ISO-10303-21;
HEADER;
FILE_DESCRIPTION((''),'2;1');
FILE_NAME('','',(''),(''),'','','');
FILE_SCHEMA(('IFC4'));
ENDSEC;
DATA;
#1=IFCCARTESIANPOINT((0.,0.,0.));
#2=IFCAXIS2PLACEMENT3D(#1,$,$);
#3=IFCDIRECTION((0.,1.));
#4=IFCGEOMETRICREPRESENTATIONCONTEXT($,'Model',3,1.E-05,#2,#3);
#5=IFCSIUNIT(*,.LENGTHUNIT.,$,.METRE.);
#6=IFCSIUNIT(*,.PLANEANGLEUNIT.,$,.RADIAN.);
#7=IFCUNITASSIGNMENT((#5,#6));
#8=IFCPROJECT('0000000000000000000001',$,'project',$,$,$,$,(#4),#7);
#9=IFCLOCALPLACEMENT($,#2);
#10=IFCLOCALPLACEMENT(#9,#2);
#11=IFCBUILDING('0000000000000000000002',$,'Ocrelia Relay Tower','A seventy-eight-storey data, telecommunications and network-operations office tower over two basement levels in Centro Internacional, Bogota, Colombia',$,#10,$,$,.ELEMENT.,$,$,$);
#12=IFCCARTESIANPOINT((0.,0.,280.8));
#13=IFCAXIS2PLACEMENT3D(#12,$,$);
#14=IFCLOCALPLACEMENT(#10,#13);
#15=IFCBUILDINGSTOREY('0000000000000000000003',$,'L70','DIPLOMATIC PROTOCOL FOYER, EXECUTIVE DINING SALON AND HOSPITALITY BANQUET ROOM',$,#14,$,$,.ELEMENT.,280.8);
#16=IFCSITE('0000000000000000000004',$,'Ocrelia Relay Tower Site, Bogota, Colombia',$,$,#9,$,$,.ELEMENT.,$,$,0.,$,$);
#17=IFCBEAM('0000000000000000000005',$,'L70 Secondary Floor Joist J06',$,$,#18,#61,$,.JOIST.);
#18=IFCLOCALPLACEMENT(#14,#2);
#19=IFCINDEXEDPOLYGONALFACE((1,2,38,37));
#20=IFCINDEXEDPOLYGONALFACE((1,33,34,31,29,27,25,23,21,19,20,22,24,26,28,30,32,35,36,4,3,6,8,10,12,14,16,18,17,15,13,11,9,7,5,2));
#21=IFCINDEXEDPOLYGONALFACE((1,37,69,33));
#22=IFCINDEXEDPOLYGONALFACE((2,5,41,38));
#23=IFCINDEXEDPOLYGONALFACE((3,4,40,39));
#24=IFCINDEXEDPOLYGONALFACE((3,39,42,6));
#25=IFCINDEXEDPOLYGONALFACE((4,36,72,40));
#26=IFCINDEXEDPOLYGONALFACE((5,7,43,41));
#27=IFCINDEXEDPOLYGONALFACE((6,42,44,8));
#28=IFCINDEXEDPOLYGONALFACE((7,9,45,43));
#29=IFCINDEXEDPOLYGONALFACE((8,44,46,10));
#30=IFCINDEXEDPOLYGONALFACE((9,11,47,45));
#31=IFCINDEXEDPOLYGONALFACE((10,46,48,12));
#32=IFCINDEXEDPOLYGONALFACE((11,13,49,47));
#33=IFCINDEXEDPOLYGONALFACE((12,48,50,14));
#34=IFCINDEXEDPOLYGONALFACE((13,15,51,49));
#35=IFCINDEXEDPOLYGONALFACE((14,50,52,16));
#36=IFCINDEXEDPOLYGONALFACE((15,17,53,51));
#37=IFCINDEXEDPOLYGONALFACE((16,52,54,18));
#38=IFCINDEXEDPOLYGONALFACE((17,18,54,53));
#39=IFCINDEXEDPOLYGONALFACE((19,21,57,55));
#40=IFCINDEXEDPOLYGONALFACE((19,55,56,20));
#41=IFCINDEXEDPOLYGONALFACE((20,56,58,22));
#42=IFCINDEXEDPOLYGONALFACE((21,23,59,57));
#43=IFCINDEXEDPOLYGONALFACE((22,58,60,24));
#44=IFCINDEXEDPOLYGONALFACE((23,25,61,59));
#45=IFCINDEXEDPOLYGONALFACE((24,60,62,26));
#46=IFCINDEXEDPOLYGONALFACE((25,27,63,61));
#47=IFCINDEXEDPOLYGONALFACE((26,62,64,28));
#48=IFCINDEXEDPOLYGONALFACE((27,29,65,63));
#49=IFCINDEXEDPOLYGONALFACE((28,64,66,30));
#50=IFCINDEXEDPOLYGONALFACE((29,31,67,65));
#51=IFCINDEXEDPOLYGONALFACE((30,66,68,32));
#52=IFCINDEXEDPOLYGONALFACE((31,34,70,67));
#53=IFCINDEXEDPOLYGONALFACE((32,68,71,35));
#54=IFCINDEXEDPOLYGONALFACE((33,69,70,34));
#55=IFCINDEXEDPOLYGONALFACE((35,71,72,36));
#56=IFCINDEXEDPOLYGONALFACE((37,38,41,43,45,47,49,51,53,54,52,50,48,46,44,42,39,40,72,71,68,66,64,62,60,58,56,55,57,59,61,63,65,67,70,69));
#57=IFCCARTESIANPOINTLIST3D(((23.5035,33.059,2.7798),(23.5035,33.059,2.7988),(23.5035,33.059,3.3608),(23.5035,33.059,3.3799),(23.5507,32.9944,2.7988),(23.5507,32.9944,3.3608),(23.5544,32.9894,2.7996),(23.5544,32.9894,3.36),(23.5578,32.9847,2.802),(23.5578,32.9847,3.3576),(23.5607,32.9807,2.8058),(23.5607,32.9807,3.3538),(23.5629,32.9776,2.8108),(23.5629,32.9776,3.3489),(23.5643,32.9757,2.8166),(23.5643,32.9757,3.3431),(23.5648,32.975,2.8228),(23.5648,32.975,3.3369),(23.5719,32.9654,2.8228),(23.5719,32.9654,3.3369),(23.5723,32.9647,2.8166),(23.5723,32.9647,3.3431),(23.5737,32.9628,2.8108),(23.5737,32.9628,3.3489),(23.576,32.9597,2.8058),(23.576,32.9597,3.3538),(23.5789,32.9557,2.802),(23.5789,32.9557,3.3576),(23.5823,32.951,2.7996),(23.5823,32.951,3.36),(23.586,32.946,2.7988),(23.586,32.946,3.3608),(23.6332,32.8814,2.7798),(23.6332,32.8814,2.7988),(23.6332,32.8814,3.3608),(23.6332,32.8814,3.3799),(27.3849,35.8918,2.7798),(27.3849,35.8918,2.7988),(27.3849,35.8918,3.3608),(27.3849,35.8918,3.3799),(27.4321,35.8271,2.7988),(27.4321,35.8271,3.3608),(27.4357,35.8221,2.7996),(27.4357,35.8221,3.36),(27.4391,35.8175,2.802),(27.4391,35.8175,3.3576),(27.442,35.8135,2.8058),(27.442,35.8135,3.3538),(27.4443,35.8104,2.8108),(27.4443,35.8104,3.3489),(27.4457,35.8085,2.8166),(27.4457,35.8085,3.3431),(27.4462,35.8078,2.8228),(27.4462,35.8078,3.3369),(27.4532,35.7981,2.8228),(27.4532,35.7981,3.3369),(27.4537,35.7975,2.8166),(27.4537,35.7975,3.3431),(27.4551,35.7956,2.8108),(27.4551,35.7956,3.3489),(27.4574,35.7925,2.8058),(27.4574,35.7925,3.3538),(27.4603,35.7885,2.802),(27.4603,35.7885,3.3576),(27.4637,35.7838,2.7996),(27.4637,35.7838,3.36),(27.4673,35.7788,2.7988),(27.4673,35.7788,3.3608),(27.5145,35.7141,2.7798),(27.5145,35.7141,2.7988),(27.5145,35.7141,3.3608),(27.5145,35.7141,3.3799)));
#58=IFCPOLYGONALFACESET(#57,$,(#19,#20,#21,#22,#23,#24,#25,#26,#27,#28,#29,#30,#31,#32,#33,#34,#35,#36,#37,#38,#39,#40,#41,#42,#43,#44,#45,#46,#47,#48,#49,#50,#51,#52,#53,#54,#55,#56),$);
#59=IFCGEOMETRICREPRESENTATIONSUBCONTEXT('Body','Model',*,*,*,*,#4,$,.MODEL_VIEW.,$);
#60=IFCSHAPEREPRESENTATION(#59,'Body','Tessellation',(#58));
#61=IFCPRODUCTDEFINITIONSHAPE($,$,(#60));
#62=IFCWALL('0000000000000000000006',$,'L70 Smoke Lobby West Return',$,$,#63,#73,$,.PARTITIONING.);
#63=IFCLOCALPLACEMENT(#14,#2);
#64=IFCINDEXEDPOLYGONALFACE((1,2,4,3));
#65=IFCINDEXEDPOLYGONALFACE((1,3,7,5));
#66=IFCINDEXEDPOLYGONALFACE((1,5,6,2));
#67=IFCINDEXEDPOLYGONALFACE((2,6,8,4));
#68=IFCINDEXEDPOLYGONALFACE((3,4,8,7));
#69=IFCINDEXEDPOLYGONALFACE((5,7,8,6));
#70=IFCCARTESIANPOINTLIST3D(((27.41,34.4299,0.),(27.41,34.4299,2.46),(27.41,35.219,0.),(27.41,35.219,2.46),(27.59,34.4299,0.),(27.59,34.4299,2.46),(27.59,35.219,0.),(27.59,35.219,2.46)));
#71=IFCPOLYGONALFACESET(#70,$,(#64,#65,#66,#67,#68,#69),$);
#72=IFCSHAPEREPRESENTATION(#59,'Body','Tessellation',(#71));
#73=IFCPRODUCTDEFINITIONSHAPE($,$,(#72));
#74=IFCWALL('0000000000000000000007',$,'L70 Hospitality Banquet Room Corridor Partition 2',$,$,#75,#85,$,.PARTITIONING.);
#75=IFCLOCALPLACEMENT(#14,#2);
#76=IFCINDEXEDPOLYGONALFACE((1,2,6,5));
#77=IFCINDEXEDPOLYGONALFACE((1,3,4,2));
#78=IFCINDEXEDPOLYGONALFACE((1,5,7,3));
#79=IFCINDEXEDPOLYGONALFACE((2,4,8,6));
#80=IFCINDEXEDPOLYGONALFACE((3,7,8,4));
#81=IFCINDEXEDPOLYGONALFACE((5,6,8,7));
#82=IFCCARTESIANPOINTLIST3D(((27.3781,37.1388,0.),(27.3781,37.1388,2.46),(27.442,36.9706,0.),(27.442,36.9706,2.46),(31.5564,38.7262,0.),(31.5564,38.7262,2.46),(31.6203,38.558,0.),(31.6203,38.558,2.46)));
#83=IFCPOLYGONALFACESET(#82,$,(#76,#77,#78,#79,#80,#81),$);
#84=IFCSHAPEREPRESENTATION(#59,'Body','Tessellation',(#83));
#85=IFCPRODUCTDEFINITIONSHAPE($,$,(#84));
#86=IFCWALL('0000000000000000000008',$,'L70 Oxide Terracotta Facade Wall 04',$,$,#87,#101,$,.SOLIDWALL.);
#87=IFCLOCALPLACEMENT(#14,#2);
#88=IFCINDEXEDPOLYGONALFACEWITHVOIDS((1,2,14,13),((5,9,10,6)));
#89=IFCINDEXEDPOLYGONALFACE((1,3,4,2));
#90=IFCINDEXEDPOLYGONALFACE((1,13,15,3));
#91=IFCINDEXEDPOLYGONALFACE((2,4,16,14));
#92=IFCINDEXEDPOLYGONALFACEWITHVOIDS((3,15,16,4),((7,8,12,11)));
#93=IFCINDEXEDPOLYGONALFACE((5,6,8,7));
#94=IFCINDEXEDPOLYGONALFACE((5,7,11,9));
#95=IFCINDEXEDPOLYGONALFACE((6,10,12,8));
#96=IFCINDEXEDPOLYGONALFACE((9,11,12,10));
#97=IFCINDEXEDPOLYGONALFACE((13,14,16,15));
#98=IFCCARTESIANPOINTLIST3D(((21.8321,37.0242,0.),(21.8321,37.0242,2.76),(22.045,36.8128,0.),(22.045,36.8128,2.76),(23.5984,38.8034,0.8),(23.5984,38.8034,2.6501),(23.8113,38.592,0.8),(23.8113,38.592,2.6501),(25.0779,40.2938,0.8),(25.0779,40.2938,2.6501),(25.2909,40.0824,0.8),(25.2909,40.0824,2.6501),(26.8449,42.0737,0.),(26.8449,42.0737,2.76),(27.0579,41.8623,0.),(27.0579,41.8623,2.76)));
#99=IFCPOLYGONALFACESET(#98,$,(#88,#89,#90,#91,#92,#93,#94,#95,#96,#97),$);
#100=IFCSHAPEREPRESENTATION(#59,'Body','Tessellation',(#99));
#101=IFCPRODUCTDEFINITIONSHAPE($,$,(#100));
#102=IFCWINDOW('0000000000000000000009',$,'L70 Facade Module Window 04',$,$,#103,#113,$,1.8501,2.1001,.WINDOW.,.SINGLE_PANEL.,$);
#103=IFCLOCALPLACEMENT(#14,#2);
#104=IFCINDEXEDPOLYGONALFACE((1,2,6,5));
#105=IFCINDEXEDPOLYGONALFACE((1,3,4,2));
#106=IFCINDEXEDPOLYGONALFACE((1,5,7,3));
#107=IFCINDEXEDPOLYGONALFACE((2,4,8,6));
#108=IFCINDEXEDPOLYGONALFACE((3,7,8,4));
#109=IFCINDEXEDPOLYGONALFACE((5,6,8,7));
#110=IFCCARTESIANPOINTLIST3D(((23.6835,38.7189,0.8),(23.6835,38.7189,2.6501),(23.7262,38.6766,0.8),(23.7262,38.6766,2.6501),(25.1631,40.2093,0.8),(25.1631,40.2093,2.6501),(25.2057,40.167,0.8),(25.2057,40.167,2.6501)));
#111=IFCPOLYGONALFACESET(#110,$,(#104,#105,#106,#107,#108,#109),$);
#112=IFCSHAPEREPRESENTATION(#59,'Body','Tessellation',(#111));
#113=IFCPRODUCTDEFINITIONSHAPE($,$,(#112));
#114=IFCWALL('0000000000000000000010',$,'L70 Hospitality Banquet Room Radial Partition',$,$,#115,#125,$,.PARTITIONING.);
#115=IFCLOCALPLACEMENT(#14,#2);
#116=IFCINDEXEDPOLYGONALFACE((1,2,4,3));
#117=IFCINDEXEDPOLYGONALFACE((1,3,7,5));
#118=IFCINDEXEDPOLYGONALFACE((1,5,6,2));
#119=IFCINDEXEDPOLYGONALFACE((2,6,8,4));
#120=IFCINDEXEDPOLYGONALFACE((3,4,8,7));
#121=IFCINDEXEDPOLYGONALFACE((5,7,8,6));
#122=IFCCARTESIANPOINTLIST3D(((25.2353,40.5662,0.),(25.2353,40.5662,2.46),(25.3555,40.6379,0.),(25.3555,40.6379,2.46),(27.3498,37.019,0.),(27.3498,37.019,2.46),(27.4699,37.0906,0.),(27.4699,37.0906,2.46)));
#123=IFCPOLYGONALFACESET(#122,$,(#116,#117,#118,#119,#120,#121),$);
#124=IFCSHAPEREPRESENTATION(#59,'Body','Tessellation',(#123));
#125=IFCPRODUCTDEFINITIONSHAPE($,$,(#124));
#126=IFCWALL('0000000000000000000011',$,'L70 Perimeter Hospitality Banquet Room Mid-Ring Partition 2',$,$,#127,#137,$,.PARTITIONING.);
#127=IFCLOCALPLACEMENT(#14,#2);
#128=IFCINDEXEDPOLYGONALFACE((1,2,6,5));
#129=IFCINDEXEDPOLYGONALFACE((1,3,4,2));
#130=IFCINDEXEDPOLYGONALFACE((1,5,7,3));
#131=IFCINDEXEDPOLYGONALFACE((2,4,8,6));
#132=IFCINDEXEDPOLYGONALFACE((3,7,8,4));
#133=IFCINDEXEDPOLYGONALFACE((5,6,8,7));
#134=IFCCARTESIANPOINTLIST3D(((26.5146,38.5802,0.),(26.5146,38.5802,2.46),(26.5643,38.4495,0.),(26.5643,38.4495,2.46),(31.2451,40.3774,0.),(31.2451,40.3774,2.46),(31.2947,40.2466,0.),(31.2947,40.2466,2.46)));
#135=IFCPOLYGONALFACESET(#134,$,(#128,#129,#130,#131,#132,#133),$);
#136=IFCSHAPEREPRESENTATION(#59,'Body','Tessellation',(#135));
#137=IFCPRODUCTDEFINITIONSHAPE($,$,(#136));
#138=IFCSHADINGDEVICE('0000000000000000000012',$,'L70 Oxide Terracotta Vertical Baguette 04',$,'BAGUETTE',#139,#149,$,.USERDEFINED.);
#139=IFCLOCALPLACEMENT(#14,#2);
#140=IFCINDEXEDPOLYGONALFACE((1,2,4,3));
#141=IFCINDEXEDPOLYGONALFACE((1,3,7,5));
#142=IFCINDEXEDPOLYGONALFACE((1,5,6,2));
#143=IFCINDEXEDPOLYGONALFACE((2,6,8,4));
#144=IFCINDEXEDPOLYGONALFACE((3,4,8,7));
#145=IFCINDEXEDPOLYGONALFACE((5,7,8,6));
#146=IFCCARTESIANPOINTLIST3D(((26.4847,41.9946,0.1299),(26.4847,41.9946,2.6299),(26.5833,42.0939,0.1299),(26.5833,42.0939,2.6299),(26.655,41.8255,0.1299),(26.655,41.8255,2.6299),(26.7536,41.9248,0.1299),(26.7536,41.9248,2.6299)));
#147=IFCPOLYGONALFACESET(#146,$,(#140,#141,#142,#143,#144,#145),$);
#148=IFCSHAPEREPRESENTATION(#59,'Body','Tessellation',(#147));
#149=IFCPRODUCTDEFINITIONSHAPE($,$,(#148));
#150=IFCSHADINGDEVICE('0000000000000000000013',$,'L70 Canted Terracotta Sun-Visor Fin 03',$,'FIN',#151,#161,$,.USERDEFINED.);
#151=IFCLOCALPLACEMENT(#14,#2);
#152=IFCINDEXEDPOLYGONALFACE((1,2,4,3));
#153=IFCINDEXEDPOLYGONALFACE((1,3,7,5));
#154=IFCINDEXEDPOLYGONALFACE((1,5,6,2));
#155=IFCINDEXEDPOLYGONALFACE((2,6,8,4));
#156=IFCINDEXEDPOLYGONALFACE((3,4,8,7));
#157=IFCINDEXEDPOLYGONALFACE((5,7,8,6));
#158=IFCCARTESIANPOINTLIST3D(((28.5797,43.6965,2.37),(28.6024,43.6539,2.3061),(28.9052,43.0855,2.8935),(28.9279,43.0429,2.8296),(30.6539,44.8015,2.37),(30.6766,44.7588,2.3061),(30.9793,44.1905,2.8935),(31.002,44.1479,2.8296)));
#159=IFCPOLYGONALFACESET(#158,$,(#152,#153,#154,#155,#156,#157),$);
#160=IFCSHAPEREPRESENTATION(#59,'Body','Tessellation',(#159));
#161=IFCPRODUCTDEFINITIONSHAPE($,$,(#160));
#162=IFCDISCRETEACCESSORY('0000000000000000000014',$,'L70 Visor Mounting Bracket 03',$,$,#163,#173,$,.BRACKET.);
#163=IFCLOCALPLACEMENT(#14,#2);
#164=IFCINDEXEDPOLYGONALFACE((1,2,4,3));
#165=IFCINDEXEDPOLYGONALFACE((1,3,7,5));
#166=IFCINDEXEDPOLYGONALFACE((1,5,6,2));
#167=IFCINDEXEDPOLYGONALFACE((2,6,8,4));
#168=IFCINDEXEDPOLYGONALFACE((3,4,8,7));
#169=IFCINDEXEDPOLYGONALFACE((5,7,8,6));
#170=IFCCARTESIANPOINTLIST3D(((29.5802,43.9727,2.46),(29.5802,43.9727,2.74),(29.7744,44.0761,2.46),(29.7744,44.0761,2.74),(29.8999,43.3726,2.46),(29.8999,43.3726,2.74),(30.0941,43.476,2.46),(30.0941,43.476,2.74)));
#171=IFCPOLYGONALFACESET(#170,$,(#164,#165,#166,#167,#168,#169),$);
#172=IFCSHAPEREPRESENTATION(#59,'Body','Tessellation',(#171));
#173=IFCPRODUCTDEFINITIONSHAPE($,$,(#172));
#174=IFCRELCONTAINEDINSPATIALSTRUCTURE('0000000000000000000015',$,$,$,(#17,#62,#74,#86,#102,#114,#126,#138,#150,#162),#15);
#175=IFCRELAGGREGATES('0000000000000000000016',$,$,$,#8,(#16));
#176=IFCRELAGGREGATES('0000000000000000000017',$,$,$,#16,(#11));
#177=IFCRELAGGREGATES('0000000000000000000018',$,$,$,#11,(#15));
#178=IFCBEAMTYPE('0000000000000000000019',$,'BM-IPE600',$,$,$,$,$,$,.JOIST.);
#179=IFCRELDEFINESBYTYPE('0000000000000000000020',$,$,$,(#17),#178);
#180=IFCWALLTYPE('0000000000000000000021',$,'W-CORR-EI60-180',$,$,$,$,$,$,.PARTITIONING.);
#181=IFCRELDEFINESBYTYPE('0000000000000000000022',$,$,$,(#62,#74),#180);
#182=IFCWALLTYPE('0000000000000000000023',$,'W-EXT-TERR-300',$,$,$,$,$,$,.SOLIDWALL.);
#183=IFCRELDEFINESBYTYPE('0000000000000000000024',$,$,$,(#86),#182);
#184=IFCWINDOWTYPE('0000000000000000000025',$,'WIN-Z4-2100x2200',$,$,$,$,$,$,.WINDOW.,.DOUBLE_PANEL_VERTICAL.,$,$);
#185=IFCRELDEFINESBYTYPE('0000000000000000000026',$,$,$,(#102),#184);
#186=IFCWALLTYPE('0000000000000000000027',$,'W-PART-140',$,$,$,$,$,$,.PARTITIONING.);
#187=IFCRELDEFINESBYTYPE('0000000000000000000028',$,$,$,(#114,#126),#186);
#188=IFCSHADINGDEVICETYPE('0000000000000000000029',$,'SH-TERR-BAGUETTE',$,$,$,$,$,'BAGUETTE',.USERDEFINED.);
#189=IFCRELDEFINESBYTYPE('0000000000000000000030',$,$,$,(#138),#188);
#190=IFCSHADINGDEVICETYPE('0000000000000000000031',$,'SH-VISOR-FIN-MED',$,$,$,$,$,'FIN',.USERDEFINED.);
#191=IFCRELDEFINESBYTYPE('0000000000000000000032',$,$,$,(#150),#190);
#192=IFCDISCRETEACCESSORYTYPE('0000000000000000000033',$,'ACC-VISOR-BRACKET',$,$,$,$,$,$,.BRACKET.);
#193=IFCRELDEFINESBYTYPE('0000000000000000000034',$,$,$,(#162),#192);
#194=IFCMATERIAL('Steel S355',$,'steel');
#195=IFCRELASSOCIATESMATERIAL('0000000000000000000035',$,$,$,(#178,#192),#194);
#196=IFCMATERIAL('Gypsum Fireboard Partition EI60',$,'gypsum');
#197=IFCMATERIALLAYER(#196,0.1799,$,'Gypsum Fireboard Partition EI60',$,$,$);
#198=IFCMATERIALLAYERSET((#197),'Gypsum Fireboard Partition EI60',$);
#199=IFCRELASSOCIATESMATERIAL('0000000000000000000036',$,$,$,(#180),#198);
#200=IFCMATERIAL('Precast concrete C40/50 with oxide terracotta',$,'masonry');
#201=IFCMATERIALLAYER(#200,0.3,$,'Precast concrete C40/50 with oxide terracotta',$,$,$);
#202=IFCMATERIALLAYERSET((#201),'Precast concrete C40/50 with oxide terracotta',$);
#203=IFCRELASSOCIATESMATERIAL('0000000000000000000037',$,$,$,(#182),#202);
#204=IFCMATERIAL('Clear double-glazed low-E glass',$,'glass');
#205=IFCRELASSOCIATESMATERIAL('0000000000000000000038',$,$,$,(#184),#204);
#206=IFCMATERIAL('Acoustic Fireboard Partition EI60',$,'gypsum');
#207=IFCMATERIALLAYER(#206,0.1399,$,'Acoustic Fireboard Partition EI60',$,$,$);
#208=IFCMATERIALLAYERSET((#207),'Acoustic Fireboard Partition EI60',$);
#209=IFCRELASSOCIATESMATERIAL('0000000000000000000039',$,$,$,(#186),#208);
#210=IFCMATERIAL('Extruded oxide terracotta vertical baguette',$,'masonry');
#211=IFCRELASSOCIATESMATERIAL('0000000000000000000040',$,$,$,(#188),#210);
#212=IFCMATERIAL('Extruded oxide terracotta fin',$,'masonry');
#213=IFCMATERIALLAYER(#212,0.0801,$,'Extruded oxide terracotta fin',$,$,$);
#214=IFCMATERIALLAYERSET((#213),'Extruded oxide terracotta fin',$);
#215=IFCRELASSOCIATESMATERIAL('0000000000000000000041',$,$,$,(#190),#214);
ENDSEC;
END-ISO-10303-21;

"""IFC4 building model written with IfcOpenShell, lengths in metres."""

from ifc_helpers import new_model, si_unit, direction, frame, frame_2d, origin, origin_2d, place, context, subcontext, project, spatial, rectangle, i_section, extrude, material, layer, layer_set, material_profile, profile_set, type_object, element, fill, save


model = new_model("IFC4")

# Units and contexts
model_context = context("Model", 3, precision=1e-05, world=origin(), true_north=direction((0.0, 1.0)))
body_context = subcontext(model_context, "Body", "Model", "MODEL_VIEW")
ifc_project = project(units=[si_unit("LENGTHUNIT", "METRE"), si_unit("PLANEANGLEUNIT", "RADIAN")], contexts=[model_context])

# Site, building, storey
site_placement = place(None, origin())
site = spatial("IfcSite", under=ifc_project, at=site_placement, Name="Ocrelia Relay Tower Site, Bogota, Colombia", CompositionType="ELEMENT", RefElevation=0.0)
building_placement = place(site_placement, origin())
building = spatial("IfcBuilding", under=site, at=building_placement, Name="Ocrelia Relay Tower", Description="A seventy-eight-storey data, telecommunications and network-operations office tower over two basement levels in Centro Internacional, Bogota, Colombia", CompositionType="ELEMENT")
storey_placement = place(building_placement, frame((0.0, 0.0, 280.8)))
storey = spatial("IfcBuildingStorey", under=building, at=storey_placement, Name="L70", Description="DIPLOMATIC PROTOCOL FOYER, EXECUTIVE DINING SALON AND HOSPITALITY BANQUET ROOM", CompositionType="ELEMENT", Elevation=280.8)

# Beam
ifc_material_1 = material(Name="Steel S355", Category="steel")
ifc_material_profile_1 = material_profile(ifc_material_1, i_section(OverallWidth=0.22, OverallDepth=0.6001, WebThickness=0.012, FlangeThickness=0.019, FilletRadius=0.0239, at=origin_2d()), Name="IPE 600")
ifc_profile_set_1 = profile_set([ifc_material_profile_1], Name="Steel S355")
beam_type_1 = type_object("IfcBeamType", Name="BM-IPE600", PredefinedType="JOIST", material=ifc_profile_set_1)
beam_1_placement = place(storey_placement, frame((27.4497, 35.803, 3.0798), z_axis=(-0.807748, -0.589527, 0.0), x_axis=(0.589527, -0.807748, 0.0)))
element("IfcBeam", 1, at=beam_1_placement, inside=storey, type_object=beam_type_1, Name="L70 Secondary Floor Joist J06", PredefinedType="JOIST", context=body_context, shape_type="SweptSolid", body=[
    extrude(i_section(OverallWidth=0.22, OverallDepth=0.6001, WebThickness=0.012, FlangeThickness=0.019, FilletRadius=0.0239, at=origin_2d()), origin(), (0.0, 0.0, 1.0), 4.8052),
])

# Wall
ifc_material_2 = material(Name="Gypsum Fireboard Partition EI60", Category="gypsum")
ifc_layer_1 = layer(ifc_material_2, 0.1799, Name="Gypsum Fireboard Partition EI60")
ifc_layer_set_1 = layer_set([ifc_layer_1], Name="Gypsum Fireboard Partition EI60")
wall_type_1 = type_object("IfcWallType", Name="W-CORR-EI60-180", PredefinedType="PARTITIONING", material=ifc_layer_set_1)
wall_1_placement = place(storey_placement, frame((27.5, 34.4299, 0.0), z_axis=(0.0, 0.0, 1.0), x_axis=(0.0, 1.0, 0.0)))
element("IfcWall", 2, at=wall_1_placement, inside=storey, type_object=wall_type_1, Name="L70 Smoke Lobby West Return", PredefinedType="PARTITIONING", context=body_context, shape_type="SweptSolid", body=[
    extrude(rectangle(XDim=0.7891, YDim=0.1799, at=frame_2d((0.3945, 0.0))), origin(), (0.0, 0.0, 1.0), 2.46),
])

# Wall
wall_2_placement = place(storey_placement, frame((31.5884, 38.6421, 0.0), z_axis=(0.0, 0.0, 1.0), x_axis=(-0.934814, -0.355137, 0.0)))
element("IfcWall", 3, at=wall_2_placement, inside=storey, type_object=wall_type_1, Name="L70 Hospitality Banquet Room Corridor Partition 2", PredefinedType="PARTITIONING", context=body_context, shape_type="SweptSolid", body=[
    extrude(rectangle(XDim=4.4697, YDim=0.1799, at=frame_2d((2.2349, 0.0))), origin(), (0.0, 0.0, 1.0), 2.46),
])

# Wall, opening, window
ifc_material_3 = material(Name="Precast concrete C40/50 with oxide terracotta", Category="masonry")
ifc_layer_2 = layer(ifc_material_3, 0.3, Name="Precast concrete C40/50 with oxide terracotta")
ifc_layer_set_2 = layer_set([ifc_layer_2], Name="Precast concrete C40/50 with oxide terracotta")
wall_type_2 = type_object("IfcWallType", Name="W-EXT-TERR-300", PredefinedType="SOLIDWALL", material=ifc_layer_set_2)
wall_3_placement = place(storey_placement, frame((26.9514, 41.968, 0.0), z_axis=(0.0, 0.0, 1.0), x_axis=(-0.704529, -0.709675, 0.0)))
wall_3 = element("IfcWall", 4, at=wall_3_placement, inside=storey, type_object=wall_type_2, Name="L70 Oxide Terracotta Facade Wall 04", PredefinedType="SOLIDWALL", context=body_context, shape_type="SweptSolid", body=[
    extrude(rectangle(XDim=7.1152, YDim=0.3, at=frame_2d((3.5576, 0.0))), origin(), (0.0, 0.0, 1.0), 2.76),
])
opening_1_placement = place(wall_3_placement, frame((2.5081, 0.0, 0.8)))
opening_1 = element("IfcOpeningElement", 5, at=opening_1_placement, cuts=wall_3, PredefinedType="OPENING", context=body_context, shape_type="SweptSolid", body=[
    extrude(rectangle(XDim=2.1001, YDim=1.8501, at=frame_2d((1.05, 0.925))), frame((0.0, 0.1602, 0.0), z_axis=(0.0, -1.0, 0.0), x_axis=(1.0, 0.0, 0.0)), (0.0, 0.0, 1.0), 0.3201),
])
ifc_material_4 = material(Name="Clear double-glazed low-E glass", Category="glass")
window_type = type_object("IfcWindowType", Name="WIN-Z4-2100x2200", PartitioningType="DOUBLE_PANEL_VERTICAL", PredefinedType="WINDOW", material=ifc_material_4)
window_placement = place(opening_1_placement, origin())
window = element("IfcWindow", 6, at=window_placement, inside=storey, type_object=window_type, Name="L70 Facade Module Window 04", OverallHeight=1.8501, OverallWidth=2.1001, PartitioningType="SINGLE_PANEL", PredefinedType="WINDOW", context=body_context, shape_type="SweptSolid", body=[
    extrude(rectangle(XDim=2.1001, YDim=1.8501, at=frame_2d((1.05, 0.925))), frame((0.0, 0.03, 0.0), z_axis=(0.0, -1.0, 0.0), x_axis=(1.0, 0.0, 0.0)), (0.0, 0.0, 1.0), 0.0601),
])
fill(opening_1, window)

# Walls
ifc_material_5 = material(Name="Acoustic Fireboard Partition EI60", Category="gypsum")
ifc_layer_3 = layer(ifc_material_5, 0.1399, Name="Acoustic Fireboard Partition EI60")
ifc_layer_set_3 = layer_set([ifc_layer_3], Name="Acoustic Fireboard Partition EI60")
wall_type_3 = type_object("IfcWallType", Name="W-PART-140", PredefinedType="PARTITIONING", material=ifc_layer_set_3)
wall_4_placement = place(storey_placement, frame((27.4099, 37.0547, 0.0), z_axis=(0.0, 0.0, 1.0), x_axis=(-0.512016, 0.858976, 0.0)))
element("IfcWall", 7, at=wall_4_placement, inside=storey, type_object=wall_type_3, Name="L70 Hospitality Banquet Room Radial Partition", PredefinedType="PARTITIONING", context=body_context, shape_type="SweptSolid", body=[
    extrude(rectangle(XDim=4.1296, YDim=0.1399, at=frame_2d((2.0649, 0.0))), origin(), (0.0, 0.0, 1.0), 2.46),
])
wall_5_placement = place(storey_placement, frame((31.27, 40.312, 0.0), z_axis=(0.0, 0.0, 1.0), x_axis=(-0.934814, -0.355139, 0.0)))
element("IfcWall", 8, at=wall_5_placement, inside=storey, type_object=wall_type_3, Name="L70 Perimeter Hospitality Banquet Room Mid-Ring Partition 2", PredefinedType="PARTITIONING", context=body_context, shape_type="SweptSolid", body=[
    extrude(rectangle(XDim=5.0603, YDim=0.1399, at=frame_2d((2.5303, 0.0))), origin(), (0.0, 0.0, 1.0), 2.46),
])

# Shading devices
ifc_material_6 = material(Name="Extruded oxide terracotta vertical baguette", Category="masonry")
shading_device_type_1 = type_object("IfcShadingDeviceType", Name="SH-TERR-BAGUETTE", ElementType="BAGUETTE", PredefinedType="USERDEFINED", material=ifc_material_6)
shading_device_1_placement = place(storey_placement, frame((26.6191, 41.9597, 0.1299), z_axis=(0.0, 0.0, 1.0), x_axis=(-0.70453, -0.709674, 0.0)))
element("IfcShadingDevice", 9, at=shading_device_1_placement, inside=storey, type_object=shading_device_type_1, Name="L70 Oxide Terracotta Vertical Baguette 04", ObjectType="BAGUETTE", PredefinedType="USERDEFINED", context=body_context, shape_type="SweptSolid", body=[
    extrude(rectangle(XDim=0.1399, YDim=0.24, at=origin_2d()), origin(), (0.0, 0.0, 1.0), 2.5),
])
ifc_material_7 = material(Name="Extruded oxide terracotta fin", Category="masonry")
ifc_layer_4 = layer(ifc_material_7, 0.0801, Name="Extruded oxide terracotta fin")
ifc_layer_set_4 = layer_set([ifc_layer_4], Name="Extruded oxide terracotta fin")
shading_device_type_2 = type_object("IfcShadingDeviceType", Name="SH-VISOR-FIN-MED", ElementType="FIN", PredefinedType="USERDEFINED", material=ifc_layer_set_4)
shading_device_2_placement = place(storey_placement, frame((29.8022, 43.9009, 2.5679), z_axis=(-0.28362, 0.532372, 0.797584), x_axis=(-0.882567, -0.470186, 0.0)))
element("IfcShadingDevice", 10, at=shading_device_2_placement, inside=storey, type_object=shading_device_type_2, Name="L70 Canted Terracotta Sun-Visor Fin 03", ObjectType="FIN", PredefinedType="USERDEFINED", context=body_context, shape_type="SweptSolid", body=[
    extrude(rectangle(XDim=2.3501, YDim=0.8679, at=origin_2d()), origin(), (0.0, 0.0, 1.0), 0.0801),
])

# Discrete accessory
discrete_accessory_type = type_object("IfcDiscreteAccessoryType", Name="ACC-VISOR-BRACKET", PredefinedType="BRACKET", material=ifc_material_1)
discrete_accessory_placement = place(storey_placement, frame((29.8372, 43.7244, 2.46), z_axis=(0.0, 0.0, 1.0), x_axis=(-0.882567, -0.470186, 0.0)))
element("IfcDiscreteAccessory", 11, at=discrete_accessory_placement, inside=storey, type_object=discrete_accessory_type, Name="L70 Visor Mounting Bracket 03", PredefinedType="BRACKET", context=body_context, shape_type="SweptSolid", body=[
    extrude(rectangle(XDim=0.22, YDim=0.6799, at=origin_2d()), origin(), (0.0, 0.0, 1.0), 0.28),
])

save(model, "model.ifc")
